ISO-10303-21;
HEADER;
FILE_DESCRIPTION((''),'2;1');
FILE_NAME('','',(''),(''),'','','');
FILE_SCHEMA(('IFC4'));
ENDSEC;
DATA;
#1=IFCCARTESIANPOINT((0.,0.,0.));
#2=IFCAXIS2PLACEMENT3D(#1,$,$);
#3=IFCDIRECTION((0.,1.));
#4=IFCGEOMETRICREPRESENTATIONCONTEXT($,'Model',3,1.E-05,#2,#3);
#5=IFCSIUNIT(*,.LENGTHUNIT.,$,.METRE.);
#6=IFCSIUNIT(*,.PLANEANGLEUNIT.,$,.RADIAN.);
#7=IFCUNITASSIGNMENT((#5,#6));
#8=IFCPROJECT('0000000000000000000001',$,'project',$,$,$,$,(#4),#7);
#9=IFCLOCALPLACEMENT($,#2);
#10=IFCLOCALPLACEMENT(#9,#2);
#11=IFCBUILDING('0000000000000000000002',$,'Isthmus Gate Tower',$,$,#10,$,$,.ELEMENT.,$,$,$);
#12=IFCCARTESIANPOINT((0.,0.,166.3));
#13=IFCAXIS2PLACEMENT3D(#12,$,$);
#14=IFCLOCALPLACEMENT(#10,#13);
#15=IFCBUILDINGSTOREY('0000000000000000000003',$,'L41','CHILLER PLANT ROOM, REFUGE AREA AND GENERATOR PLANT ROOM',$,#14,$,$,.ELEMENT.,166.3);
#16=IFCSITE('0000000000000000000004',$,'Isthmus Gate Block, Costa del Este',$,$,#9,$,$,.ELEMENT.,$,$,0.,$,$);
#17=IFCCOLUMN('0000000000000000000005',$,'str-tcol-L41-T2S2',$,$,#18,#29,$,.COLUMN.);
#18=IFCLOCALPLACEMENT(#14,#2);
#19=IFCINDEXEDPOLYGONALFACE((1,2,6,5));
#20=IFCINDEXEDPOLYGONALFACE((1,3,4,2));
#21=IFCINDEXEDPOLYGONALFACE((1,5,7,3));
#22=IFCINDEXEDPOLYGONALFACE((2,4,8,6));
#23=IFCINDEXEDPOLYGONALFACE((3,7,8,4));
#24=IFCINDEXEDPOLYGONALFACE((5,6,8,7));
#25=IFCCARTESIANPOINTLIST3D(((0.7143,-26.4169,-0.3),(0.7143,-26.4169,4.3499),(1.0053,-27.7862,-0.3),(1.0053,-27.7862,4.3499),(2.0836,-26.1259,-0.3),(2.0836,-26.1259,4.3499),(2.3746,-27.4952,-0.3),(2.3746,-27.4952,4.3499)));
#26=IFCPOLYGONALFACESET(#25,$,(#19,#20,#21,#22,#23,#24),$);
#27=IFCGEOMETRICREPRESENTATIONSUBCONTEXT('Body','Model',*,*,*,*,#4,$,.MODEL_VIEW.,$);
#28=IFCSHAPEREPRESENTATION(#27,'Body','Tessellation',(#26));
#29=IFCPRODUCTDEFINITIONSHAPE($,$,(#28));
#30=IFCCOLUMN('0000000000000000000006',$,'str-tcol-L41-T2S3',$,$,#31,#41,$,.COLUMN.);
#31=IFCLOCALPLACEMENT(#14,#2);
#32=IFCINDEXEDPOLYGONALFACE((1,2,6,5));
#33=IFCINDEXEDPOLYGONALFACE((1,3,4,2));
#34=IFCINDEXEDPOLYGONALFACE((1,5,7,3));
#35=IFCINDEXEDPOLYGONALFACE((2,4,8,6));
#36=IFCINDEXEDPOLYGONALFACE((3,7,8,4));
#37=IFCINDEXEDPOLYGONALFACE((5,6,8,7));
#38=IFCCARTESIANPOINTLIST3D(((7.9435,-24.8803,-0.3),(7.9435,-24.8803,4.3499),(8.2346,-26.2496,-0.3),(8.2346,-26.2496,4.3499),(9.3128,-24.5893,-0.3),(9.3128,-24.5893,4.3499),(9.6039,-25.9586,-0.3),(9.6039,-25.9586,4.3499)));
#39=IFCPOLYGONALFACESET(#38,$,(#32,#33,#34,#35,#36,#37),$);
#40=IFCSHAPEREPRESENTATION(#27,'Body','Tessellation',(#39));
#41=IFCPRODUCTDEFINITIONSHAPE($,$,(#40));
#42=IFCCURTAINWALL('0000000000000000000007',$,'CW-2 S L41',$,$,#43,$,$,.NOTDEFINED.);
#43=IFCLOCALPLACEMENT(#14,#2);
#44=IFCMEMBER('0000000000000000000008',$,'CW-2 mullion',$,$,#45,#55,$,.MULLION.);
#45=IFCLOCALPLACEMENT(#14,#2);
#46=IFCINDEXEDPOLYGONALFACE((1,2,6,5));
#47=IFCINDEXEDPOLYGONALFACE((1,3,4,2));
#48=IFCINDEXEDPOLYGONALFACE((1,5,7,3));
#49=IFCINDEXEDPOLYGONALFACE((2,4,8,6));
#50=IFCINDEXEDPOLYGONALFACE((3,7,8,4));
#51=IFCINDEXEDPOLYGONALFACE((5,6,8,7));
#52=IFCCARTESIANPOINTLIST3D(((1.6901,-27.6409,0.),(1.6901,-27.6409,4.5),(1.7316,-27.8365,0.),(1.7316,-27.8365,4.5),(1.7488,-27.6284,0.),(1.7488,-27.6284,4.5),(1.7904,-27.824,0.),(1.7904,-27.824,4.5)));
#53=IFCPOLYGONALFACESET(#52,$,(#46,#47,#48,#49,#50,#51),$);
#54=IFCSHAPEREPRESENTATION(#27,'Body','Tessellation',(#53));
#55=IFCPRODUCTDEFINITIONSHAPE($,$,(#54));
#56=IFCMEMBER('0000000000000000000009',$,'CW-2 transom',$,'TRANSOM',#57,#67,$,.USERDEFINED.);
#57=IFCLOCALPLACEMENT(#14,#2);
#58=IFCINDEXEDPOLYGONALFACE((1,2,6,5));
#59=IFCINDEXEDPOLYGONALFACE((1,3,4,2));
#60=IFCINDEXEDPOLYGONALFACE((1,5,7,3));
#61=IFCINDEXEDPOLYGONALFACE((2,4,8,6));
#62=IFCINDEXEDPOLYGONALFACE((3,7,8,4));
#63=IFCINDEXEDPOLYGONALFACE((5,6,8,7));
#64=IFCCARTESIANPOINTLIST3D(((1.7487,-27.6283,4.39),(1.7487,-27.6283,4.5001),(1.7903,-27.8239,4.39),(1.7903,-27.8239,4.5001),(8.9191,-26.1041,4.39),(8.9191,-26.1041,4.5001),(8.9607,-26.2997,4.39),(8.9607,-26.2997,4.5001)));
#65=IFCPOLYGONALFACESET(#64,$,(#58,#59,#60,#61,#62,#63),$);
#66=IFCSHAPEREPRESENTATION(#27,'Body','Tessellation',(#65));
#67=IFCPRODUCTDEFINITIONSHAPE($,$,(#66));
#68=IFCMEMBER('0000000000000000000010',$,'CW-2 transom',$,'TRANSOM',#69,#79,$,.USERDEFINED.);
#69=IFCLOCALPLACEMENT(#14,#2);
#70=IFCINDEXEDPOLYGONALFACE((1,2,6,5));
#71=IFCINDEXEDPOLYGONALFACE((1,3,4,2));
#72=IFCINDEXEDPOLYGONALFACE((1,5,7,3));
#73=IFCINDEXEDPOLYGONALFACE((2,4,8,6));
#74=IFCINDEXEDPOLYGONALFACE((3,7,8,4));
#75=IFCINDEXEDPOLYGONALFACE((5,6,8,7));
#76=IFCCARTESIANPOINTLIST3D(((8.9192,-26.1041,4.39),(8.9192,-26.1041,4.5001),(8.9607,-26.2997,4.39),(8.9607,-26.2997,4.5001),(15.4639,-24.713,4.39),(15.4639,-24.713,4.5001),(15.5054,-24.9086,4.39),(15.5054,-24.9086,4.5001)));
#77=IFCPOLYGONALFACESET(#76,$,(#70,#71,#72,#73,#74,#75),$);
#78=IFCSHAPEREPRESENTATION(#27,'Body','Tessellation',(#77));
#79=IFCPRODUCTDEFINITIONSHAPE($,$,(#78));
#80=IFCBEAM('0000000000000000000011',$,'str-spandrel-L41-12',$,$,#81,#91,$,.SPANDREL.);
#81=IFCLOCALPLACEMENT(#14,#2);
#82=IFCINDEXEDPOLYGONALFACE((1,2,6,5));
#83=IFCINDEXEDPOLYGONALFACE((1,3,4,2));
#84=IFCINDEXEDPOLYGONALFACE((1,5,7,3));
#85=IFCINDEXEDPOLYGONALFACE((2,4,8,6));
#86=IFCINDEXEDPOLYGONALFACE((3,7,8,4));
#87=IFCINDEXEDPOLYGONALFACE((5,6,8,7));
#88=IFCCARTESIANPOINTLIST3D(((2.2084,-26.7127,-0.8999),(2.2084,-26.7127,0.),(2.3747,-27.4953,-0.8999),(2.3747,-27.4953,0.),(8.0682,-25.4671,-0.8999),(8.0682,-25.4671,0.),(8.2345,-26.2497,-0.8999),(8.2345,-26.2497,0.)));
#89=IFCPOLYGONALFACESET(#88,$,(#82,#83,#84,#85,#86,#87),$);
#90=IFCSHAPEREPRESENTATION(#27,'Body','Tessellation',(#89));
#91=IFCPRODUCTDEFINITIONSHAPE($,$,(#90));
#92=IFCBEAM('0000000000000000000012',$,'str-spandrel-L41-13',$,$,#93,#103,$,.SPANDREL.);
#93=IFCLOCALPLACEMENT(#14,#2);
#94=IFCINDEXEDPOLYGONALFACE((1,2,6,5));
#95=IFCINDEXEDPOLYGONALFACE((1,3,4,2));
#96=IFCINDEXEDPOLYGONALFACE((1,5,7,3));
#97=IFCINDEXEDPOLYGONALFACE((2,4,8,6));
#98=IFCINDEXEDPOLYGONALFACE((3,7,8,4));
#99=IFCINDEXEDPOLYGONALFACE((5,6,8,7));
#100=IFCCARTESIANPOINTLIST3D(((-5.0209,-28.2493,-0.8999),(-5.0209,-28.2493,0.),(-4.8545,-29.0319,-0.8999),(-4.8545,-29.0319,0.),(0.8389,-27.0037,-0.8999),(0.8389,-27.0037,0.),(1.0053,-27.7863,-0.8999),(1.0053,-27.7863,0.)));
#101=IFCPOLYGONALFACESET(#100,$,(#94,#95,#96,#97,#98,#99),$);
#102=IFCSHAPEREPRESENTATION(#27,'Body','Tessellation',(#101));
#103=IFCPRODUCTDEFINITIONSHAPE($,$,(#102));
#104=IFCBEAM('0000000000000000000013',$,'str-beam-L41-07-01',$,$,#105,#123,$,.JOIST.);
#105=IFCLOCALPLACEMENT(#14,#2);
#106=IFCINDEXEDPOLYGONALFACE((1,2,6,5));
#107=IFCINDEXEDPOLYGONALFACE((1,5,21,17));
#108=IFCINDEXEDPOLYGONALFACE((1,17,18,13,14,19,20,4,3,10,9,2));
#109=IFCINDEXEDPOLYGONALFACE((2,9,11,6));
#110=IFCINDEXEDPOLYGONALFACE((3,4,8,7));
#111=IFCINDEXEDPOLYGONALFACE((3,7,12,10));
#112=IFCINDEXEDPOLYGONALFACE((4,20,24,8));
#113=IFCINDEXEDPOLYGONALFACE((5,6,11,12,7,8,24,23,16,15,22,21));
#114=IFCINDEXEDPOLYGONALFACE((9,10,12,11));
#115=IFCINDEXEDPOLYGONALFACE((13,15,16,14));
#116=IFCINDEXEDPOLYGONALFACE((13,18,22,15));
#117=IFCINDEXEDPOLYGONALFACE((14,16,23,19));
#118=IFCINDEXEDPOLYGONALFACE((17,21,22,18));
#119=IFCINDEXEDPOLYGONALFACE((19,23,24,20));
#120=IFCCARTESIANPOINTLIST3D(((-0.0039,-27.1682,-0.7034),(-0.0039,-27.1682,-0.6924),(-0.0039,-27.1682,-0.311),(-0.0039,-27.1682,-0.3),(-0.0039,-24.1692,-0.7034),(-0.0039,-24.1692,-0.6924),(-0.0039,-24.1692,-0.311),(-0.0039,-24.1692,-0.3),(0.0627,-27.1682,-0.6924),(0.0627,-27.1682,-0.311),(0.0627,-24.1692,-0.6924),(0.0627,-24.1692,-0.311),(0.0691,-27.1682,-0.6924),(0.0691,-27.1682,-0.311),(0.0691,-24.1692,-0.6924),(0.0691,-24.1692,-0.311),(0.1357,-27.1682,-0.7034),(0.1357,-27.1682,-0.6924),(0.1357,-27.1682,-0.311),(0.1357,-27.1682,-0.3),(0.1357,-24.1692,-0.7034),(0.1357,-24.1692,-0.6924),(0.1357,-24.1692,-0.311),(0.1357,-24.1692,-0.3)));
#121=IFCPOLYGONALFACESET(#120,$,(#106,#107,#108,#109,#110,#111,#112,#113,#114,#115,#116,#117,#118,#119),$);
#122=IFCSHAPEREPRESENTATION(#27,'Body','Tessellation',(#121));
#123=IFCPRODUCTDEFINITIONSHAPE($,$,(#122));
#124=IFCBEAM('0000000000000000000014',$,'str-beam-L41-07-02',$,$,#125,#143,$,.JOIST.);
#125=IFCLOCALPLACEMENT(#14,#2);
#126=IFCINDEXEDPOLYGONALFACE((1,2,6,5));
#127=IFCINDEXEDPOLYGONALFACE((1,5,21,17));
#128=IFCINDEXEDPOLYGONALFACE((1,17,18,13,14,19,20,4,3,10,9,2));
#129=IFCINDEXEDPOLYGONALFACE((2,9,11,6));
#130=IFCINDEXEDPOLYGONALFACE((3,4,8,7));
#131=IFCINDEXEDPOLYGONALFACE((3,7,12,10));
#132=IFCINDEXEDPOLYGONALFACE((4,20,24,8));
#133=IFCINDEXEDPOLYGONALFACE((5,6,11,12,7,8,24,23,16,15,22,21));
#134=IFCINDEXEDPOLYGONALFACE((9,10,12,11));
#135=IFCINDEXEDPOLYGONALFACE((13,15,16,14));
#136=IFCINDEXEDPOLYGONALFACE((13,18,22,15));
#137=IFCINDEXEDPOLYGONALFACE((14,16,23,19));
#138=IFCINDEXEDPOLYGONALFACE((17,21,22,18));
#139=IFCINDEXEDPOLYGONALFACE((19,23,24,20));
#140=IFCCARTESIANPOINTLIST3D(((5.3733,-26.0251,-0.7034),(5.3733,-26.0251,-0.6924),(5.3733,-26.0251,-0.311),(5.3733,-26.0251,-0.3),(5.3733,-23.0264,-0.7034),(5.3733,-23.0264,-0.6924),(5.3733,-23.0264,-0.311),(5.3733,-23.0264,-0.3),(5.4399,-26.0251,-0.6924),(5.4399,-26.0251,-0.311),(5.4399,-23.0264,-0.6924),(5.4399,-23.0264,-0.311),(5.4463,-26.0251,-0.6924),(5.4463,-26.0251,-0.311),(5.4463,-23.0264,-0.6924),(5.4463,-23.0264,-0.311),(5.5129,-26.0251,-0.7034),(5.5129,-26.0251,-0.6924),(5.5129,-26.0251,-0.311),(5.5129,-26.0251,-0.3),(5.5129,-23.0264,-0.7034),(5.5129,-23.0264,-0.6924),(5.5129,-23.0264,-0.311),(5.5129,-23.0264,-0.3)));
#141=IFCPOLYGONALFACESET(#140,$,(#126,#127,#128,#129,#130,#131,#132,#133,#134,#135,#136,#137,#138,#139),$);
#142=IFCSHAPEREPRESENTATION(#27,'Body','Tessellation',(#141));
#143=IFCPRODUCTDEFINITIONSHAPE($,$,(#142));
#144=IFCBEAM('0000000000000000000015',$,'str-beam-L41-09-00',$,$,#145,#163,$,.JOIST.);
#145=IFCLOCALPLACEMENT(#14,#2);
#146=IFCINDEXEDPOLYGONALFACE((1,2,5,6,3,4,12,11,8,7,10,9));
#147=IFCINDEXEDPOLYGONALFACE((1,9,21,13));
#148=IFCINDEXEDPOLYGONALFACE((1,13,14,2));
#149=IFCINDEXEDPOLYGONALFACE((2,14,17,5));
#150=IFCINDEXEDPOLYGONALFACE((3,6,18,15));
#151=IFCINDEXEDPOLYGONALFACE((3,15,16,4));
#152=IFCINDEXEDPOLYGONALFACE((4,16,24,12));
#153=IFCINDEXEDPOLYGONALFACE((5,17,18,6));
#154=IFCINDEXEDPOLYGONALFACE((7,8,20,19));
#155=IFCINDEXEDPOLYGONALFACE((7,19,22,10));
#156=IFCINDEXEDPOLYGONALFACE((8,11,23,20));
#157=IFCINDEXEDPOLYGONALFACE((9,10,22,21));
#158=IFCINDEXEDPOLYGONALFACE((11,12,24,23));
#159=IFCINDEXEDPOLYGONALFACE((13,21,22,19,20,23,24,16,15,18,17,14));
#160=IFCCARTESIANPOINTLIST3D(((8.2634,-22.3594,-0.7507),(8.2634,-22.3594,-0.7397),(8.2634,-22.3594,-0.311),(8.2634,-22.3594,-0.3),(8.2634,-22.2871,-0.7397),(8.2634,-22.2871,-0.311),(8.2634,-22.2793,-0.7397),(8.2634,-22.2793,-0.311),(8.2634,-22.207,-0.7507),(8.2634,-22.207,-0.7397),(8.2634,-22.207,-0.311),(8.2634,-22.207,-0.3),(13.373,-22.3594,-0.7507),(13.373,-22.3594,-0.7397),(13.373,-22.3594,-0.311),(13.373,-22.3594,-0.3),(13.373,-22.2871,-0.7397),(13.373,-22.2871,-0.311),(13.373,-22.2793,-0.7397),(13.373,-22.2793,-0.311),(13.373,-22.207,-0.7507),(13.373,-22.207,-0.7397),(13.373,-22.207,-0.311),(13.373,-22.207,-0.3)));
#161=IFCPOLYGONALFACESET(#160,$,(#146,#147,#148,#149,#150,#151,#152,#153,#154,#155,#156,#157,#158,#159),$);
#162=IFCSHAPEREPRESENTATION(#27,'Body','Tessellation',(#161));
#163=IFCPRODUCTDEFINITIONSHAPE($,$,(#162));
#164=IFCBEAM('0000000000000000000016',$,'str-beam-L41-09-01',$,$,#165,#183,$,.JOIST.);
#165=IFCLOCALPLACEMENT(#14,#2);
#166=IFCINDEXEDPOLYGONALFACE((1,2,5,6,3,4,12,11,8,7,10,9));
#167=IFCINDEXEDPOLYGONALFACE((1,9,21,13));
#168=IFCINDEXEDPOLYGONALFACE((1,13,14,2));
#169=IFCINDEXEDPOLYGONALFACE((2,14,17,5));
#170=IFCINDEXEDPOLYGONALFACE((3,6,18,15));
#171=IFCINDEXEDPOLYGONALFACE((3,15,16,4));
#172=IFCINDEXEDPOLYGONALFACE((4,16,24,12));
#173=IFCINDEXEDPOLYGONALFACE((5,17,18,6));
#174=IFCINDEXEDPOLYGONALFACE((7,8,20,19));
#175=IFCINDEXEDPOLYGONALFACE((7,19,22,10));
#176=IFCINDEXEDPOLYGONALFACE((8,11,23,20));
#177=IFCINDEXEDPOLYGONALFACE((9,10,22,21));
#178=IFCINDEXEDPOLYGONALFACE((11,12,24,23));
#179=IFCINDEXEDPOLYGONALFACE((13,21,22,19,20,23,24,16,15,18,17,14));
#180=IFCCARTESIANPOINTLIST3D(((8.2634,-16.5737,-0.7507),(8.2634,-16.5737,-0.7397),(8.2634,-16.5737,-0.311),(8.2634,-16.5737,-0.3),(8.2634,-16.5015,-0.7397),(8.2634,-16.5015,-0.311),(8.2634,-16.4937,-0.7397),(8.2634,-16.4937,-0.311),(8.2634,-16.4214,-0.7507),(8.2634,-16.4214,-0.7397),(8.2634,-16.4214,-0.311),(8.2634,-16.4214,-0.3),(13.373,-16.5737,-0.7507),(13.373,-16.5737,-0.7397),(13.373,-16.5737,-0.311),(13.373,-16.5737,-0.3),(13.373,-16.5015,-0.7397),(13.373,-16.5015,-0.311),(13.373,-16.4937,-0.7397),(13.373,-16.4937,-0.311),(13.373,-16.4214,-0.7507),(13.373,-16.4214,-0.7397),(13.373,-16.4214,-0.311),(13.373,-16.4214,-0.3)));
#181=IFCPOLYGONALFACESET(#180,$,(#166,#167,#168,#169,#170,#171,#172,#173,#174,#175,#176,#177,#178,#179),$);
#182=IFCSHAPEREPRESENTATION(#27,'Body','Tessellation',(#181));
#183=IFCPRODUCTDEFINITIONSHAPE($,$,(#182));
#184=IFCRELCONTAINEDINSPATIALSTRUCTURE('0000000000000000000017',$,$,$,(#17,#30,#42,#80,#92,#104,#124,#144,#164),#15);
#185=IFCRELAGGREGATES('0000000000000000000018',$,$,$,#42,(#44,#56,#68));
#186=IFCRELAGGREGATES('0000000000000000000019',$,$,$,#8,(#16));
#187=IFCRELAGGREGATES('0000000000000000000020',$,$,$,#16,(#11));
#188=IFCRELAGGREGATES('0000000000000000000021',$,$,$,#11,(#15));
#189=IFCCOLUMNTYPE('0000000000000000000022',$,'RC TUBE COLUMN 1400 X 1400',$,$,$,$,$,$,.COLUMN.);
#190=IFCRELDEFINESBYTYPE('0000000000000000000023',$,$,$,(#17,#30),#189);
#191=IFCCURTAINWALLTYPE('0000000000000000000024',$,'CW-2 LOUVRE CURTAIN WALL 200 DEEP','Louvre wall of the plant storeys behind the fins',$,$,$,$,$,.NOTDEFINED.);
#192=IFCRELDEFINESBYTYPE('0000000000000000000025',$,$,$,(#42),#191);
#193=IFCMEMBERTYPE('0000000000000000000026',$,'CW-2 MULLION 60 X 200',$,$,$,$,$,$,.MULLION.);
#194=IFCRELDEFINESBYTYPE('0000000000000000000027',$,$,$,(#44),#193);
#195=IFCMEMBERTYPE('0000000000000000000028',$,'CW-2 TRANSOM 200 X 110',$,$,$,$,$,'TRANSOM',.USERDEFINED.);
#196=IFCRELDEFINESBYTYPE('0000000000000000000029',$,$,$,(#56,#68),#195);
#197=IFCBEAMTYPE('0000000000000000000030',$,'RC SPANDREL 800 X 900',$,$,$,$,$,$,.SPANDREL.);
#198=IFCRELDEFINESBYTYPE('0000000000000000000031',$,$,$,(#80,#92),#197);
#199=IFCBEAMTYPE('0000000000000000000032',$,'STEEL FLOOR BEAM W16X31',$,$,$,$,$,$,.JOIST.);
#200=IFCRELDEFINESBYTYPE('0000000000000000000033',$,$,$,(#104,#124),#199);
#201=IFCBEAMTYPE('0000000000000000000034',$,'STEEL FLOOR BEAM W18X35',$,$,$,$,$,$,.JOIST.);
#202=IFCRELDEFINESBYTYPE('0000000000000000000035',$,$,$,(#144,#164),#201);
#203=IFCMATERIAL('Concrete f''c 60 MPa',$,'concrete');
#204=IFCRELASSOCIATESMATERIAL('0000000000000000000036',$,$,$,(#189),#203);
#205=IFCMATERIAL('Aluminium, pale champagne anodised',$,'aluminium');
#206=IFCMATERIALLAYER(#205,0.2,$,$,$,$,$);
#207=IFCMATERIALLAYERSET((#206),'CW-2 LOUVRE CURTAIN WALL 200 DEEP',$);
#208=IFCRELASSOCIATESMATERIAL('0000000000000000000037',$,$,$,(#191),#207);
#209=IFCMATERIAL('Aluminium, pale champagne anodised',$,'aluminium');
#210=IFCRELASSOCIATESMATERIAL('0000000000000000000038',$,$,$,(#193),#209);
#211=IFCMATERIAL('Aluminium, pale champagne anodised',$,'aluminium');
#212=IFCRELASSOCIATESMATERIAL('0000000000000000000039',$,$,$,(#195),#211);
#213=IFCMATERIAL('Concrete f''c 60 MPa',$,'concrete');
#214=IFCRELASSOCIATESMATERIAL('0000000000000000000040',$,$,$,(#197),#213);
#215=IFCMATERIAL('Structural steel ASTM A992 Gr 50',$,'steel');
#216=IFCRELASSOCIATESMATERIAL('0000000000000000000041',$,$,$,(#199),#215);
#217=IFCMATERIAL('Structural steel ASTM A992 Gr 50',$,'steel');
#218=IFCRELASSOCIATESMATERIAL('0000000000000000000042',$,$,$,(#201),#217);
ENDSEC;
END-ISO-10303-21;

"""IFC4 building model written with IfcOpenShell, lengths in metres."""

from ifc_helpers import new_model, si_unit, direction, frame, origin, origin_2d, place, context, subcontext, project, spatial, rectangle, i_section, extrude, material, layer, layer_set, material_profile, profile_set, type_object, element, aggregate, save


model = new_model("IFC4")

# Units and contexts
model_context = context("Model", 3, precision=1e-05, world=origin(), true_north=direction((0.0, 1.0)))
body_context = subcontext(model_context, "Body", "Model", "MODEL_VIEW")
ifc_project = project(units=[si_unit("LENGTHUNIT", "METRE"), si_unit("PLANEANGLEUNIT", "RADIAN")], contexts=[model_context])

# Site, building, storey
site_placement = place(None, origin())
site = spatial("IfcSite", under=ifc_project, at=site_placement, Name="Isthmus Gate Block, Costa del Este", CompositionType="ELEMENT", RefElevation=0.0)
building_placement = place(site_placement, origin())
building = spatial("IfcBuilding", under=site, at=building_placement, Name="Isthmus Gate Tower", CompositionType="ELEMENT")
storey_placement = place(building_placement, frame((0.0, 0.0, 166.3)))
storey = spatial("IfcBuildingStorey", under=building, at=storey_placement, Name="L41", Description="CHILLER PLANT ROOM, REFUGE AREA AND GENERATOR PLANT ROOM", CompositionType="ELEMENT", Elevation=166.3)

# Columns
ifc_material_1 = material(Name="Concrete f'c 60 MPa", Category="concrete")
ifc_material_profile_1 = material_profile(ifc_material_1, rectangle(XDim=1.3999, YDim=1.3999, at=origin_2d()), Name="RC 1400X1400")
ifc_profile_set_1 = profile_set([ifc_material_profile_1], Name="Concrete f'c 60 MPa")
column_type = type_object("IfcColumnType", Name="RC TUBE COLUMN 1400 X 1400", PredefinedType="COLUMN", material=ifc_profile_set_1)
for number, where, z_axis, x_axis, name in (
    (1, (1.5444, -26.9561, -0.3), (0.0, 0.0, 1.0), (0.978148, 0.207912, 0.0), "str-tcol-L41-T2S2"),
    (2, (8.7737, -25.4194, -0.3), (0.0, 0.0, 1.0), (0.978148, 0.207912, 0.0), "str-tcol-L41-T2S3"),
):
    element("IfcColumn", number, at=place(storey_placement, frame(where, z_axis=z_axis, x_axis=x_axis)), inside=storey, type_object=column_type, Name=name, PredefinedType="COLUMN", context=body_context, shape_type="SweptSolid", body=[
        extrude(rectangle(XDim=1.3999, YDim=1.3999, at=origin_2d()), origin(), (0.0, 0.0, 1.0), 4.6499),
    ])

# Curtain wall, members
ifc_material_2 = material(Name="Aluminium, pale champagne anodised", Category="aluminium")
ifc_layer_1 = layer(ifc_material_2, 0.2)
ifc_layer_set_1 = layer_set([ifc_layer_1], Name="CW-2 LOUVRE CURTAIN WALL 200 DEEP")
curtain_wall_type = type_object("IfcCurtainWallType", Name="CW-2 LOUVRE CURTAIN WALL 200 DEEP", Description="Louvre wall of the plant storeys behind the fins", PredefinedType="NOTDEFINED", material=ifc_layer_set_1)
curtain_wall_placement = place(storey_placement, origin())
curtain_wall = element("IfcCurtainWall", 3, at=curtain_wall_placement, inside=storey, type_object=curtain_wall_type, Name="CW-2 S L41", PredefinedType="NOTDEFINED")
ifc_material_3 = material(Name="Aluminium, pale champagne anodised", Category="aluminium")
ifc_material_profile_2 = material_profile(ifc_material_3, rectangle(XDim=0.0601, YDim=0.2, at=origin_2d()), Name="60x200")
ifc_profile_set_2 = profile_set([ifc_material_profile_2], Name="Aluminium, pale champagne anodised")
member_type_1 = type_object("IfcMemberType", Name="CW-2 MULLION 60 X 200", PredefinedType="MULLION", material=ifc_profile_set_2)
member_1_placement = place(storey_placement, frame((1.7402, -27.7324, 0.0), z_axis=(0.0, 0.0, 1.0), x_axis=(0.978148, 0.207912, 0.0)))
member_1 = element("IfcMember", 4, at=member_1_placement, type_object=member_type_1, Name="CW-2 mullion", PredefinedType="MULLION", context=body_context, shape_type="SweptSolid", body=[
    extrude(rectangle(XDim=0.0601, YDim=0.2, at=origin_2d()), origin(), (0.0, 0.0, 1.0), 4.5),
])
ifc_material_4 = material(Name="Aluminium, pale champagne anodised", Category="aluminium")
ifc_material_profile_3 = material_profile(ifc_material_4, rectangle(XDim=0.2, YDim=0.1101, at=origin_2d()), Name="200x110")
ifc_profile_set_3 = profile_set([ifc_material_profile_3], Name="Aluminium, pale champagne anodised")
member_type_2 = type_object("IfcMemberType", Name="CW-2 TRANSOM 200 X 110", ElementType="TRANSOM", PredefinedType="USERDEFINED", material=ifc_profile_set_3)
member_2_placement = place(storey_placement, frame((1.7695, -27.7261, 4.4451), z_axis=(0.978146, 0.207919, 0.0), x_axis=(-0.207919, 0.978146, 0.0)))
member_2 = element("IfcMember", 5, at=member_2_placement, type_object=member_type_2, Name="CW-2 transom", ObjectType="TRANSOM", PredefinedType="USERDEFINED", context=body_context, shape_type="SweptSolid", body=[
    extrude(rectangle(XDim=0.2, YDim=0.1101, at=origin_2d()), origin(), (0.0, 0.0, 1.0), 7.3306),
])
member_3_placement = place(storey_placement, frame((8.9399, -26.2019, 4.4451), z_axis=(0.978148, 0.207912, 0.0), x_axis=(-0.207912, 0.978148, 0.0)))
member_3 = element("IfcMember", 6, at=member_3_placement, type_object=member_type_2, Name="CW-2 transom", ObjectType="TRANSOM", PredefinedType="USERDEFINED", context=body_context, shape_type="SweptSolid", body=[
    extrude(rectangle(XDim=0.2, YDim=0.1101, at=origin_2d()), origin(), (0.0, 0.0, 1.0), 6.6909),
])

# Beams
ifc_material_5 = material(Name="Concrete f'c 60 MPa", Category="concrete")
ifc_material_profile_4 = material_profile(ifc_material_5, rectangle(XDim=0.8, YDim=0.8999, at=origin_2d()), Name="RC 800X900")
ifc_profile_set_4 = profile_set([ifc_material_profile_4], Name="Concrete f'c 60 MPa")
beam_type_1 = type_object("IfcBeamType", Name="RC SPANDREL 800 X 900", PredefinedType="SPANDREL", material=ifc_profile_set_4)
for number, where, z_axis, x_axis, name in (
    (7, (8.1514, -25.8584, -0.45), (-0.978146, -0.20792, 0.0), (0.20792, -0.978146, 0.0), "str-spandrel-L41-12"),
    (8, (0.9221, -27.395, -0.45), (-0.978146, -0.20792, 0.0), (0.20792, -0.978146, 0.0), "str-spandrel-L41-13"),
):
    element("IfcBeam", number, at=place(storey_placement, frame(where, z_axis=z_axis, x_axis=x_axis)), inside=storey, type_object=beam_type_1, Name=name, PredefinedType="SPANDREL", context=body_context, shape_type="SweptSolid", body=[
        extrude(rectangle(XDim=0.8, YDim=0.8999, at=origin_2d()), origin(), (0.0, 0.0, 1.0), 5.9907),
    ])
ifc_material_6 = material(Name="Structural steel ASTM A992 Gr 50", Category="steel")
ifc_material_profile_5 = material_profile(ifc_material_6, i_section(OverallWidth=0.1396, OverallDepth=0.4033, WebThickness=0.0063, FlangeThickness=0.011, at=origin_2d()), Name="W16X31")
ifc_profile_set_5 = profile_set([ifc_material_profile_5], Name="Structural steel ASTM A992 Gr 50")
beam_type_2 = type_object("IfcBeamType", Name="STEEL FLOOR BEAM W16X31", PredefinedType="JOIST", material=ifc_profile_set_5)
beam_1_placement = place(storey_placement, frame((0.0659, -27.1682, -0.5017), z_axis=(0.0, 1.0, 0.0), x_axis=(-1.0, 0.0, 0.0)))
element("IfcBeam", 9, at=beam_1_placement, inside=storey, type_object=beam_type_2, Name="str-beam-L41-07-01", PredefinedType="JOIST", context=body_context, shape_type="SweptSolid", body=[
    extrude(i_section(OverallWidth=0.1396, OverallDepth=0.4033, WebThickness=0.0063, FlangeThickness=0.011, at=origin_2d()), origin(), (0.0, 0.0, 1.0), 2.999),
])
beam_2_placement = place(storey_placement, frame((5.4431, -26.0251, -0.5017), z_axis=(0.0, 1.0, 0.0), x_axis=(-1.0, 0.0, 0.0)))
element("IfcBeam", 10, at=beam_2_placement, inside=storey, type_object=beam_type_2, Name="str-beam-L41-07-02", PredefinedType="JOIST", context=body_context, shape_type="SweptSolid", body=[
    extrude(i_section(OverallWidth=0.1396, OverallDepth=0.4033, WebThickness=0.0063, FlangeThickness=0.011, at=origin_2d()), origin(), (0.0, 0.0, 1.0), 2.9988),
])
ifc_material_7 = material(Name="Structural steel ASTM A992 Gr 50", Category="steel")
ifc_material_profile_6 = material_profile(ifc_material_7, i_section(OverallWidth=0.1523, OverallDepth=0.4507, WebThickness=0.0078, FlangeThickness=0.011, at=origin_2d()), Name="W18X35")
ifc_profile_set_6 = profile_set([ifc_material_profile_6], Name="Structural steel ASTM A992 Gr 50")
beam_type_3 = type_object("IfcBeamType", Name="STEEL FLOOR BEAM W18X35", PredefinedType="JOIST", material=ifc_profile_set_6)
for number, where, z_axis, x_axis, name in (
    (11, (8.2634, -22.2832, -0.5254), (1.0, 0.0, 0.0), (0.0, 1.0, 0.0), "str-beam-L41-09-00"),
    (12, (8.2634, -16.4976, -0.5254), (1.0, 0.0, 0.0), (0.0, 1.0, 0.0), "str-beam-L41-09-01"),
):
    element("IfcBeam", number, at=place(storey_placement, frame(where, z_axis=z_axis, x_axis=x_axis)), inside=storey, type_object=beam_type_3, Name=name, PredefinedType="JOIST", context=body_context, shape_type="SweptSolid", body=[
        extrude(i_section(OverallWidth=0.1523, OverallDepth=0.4507, WebThickness=0.0078, FlangeThickness=0.011, at=origin_2d()), origin(), (0.0, 0.0, 1.0), 5.1096),
    ])

aggregate(curtain_wall, [member_1, member_2, member_3])

save(model, "model.ifc")
